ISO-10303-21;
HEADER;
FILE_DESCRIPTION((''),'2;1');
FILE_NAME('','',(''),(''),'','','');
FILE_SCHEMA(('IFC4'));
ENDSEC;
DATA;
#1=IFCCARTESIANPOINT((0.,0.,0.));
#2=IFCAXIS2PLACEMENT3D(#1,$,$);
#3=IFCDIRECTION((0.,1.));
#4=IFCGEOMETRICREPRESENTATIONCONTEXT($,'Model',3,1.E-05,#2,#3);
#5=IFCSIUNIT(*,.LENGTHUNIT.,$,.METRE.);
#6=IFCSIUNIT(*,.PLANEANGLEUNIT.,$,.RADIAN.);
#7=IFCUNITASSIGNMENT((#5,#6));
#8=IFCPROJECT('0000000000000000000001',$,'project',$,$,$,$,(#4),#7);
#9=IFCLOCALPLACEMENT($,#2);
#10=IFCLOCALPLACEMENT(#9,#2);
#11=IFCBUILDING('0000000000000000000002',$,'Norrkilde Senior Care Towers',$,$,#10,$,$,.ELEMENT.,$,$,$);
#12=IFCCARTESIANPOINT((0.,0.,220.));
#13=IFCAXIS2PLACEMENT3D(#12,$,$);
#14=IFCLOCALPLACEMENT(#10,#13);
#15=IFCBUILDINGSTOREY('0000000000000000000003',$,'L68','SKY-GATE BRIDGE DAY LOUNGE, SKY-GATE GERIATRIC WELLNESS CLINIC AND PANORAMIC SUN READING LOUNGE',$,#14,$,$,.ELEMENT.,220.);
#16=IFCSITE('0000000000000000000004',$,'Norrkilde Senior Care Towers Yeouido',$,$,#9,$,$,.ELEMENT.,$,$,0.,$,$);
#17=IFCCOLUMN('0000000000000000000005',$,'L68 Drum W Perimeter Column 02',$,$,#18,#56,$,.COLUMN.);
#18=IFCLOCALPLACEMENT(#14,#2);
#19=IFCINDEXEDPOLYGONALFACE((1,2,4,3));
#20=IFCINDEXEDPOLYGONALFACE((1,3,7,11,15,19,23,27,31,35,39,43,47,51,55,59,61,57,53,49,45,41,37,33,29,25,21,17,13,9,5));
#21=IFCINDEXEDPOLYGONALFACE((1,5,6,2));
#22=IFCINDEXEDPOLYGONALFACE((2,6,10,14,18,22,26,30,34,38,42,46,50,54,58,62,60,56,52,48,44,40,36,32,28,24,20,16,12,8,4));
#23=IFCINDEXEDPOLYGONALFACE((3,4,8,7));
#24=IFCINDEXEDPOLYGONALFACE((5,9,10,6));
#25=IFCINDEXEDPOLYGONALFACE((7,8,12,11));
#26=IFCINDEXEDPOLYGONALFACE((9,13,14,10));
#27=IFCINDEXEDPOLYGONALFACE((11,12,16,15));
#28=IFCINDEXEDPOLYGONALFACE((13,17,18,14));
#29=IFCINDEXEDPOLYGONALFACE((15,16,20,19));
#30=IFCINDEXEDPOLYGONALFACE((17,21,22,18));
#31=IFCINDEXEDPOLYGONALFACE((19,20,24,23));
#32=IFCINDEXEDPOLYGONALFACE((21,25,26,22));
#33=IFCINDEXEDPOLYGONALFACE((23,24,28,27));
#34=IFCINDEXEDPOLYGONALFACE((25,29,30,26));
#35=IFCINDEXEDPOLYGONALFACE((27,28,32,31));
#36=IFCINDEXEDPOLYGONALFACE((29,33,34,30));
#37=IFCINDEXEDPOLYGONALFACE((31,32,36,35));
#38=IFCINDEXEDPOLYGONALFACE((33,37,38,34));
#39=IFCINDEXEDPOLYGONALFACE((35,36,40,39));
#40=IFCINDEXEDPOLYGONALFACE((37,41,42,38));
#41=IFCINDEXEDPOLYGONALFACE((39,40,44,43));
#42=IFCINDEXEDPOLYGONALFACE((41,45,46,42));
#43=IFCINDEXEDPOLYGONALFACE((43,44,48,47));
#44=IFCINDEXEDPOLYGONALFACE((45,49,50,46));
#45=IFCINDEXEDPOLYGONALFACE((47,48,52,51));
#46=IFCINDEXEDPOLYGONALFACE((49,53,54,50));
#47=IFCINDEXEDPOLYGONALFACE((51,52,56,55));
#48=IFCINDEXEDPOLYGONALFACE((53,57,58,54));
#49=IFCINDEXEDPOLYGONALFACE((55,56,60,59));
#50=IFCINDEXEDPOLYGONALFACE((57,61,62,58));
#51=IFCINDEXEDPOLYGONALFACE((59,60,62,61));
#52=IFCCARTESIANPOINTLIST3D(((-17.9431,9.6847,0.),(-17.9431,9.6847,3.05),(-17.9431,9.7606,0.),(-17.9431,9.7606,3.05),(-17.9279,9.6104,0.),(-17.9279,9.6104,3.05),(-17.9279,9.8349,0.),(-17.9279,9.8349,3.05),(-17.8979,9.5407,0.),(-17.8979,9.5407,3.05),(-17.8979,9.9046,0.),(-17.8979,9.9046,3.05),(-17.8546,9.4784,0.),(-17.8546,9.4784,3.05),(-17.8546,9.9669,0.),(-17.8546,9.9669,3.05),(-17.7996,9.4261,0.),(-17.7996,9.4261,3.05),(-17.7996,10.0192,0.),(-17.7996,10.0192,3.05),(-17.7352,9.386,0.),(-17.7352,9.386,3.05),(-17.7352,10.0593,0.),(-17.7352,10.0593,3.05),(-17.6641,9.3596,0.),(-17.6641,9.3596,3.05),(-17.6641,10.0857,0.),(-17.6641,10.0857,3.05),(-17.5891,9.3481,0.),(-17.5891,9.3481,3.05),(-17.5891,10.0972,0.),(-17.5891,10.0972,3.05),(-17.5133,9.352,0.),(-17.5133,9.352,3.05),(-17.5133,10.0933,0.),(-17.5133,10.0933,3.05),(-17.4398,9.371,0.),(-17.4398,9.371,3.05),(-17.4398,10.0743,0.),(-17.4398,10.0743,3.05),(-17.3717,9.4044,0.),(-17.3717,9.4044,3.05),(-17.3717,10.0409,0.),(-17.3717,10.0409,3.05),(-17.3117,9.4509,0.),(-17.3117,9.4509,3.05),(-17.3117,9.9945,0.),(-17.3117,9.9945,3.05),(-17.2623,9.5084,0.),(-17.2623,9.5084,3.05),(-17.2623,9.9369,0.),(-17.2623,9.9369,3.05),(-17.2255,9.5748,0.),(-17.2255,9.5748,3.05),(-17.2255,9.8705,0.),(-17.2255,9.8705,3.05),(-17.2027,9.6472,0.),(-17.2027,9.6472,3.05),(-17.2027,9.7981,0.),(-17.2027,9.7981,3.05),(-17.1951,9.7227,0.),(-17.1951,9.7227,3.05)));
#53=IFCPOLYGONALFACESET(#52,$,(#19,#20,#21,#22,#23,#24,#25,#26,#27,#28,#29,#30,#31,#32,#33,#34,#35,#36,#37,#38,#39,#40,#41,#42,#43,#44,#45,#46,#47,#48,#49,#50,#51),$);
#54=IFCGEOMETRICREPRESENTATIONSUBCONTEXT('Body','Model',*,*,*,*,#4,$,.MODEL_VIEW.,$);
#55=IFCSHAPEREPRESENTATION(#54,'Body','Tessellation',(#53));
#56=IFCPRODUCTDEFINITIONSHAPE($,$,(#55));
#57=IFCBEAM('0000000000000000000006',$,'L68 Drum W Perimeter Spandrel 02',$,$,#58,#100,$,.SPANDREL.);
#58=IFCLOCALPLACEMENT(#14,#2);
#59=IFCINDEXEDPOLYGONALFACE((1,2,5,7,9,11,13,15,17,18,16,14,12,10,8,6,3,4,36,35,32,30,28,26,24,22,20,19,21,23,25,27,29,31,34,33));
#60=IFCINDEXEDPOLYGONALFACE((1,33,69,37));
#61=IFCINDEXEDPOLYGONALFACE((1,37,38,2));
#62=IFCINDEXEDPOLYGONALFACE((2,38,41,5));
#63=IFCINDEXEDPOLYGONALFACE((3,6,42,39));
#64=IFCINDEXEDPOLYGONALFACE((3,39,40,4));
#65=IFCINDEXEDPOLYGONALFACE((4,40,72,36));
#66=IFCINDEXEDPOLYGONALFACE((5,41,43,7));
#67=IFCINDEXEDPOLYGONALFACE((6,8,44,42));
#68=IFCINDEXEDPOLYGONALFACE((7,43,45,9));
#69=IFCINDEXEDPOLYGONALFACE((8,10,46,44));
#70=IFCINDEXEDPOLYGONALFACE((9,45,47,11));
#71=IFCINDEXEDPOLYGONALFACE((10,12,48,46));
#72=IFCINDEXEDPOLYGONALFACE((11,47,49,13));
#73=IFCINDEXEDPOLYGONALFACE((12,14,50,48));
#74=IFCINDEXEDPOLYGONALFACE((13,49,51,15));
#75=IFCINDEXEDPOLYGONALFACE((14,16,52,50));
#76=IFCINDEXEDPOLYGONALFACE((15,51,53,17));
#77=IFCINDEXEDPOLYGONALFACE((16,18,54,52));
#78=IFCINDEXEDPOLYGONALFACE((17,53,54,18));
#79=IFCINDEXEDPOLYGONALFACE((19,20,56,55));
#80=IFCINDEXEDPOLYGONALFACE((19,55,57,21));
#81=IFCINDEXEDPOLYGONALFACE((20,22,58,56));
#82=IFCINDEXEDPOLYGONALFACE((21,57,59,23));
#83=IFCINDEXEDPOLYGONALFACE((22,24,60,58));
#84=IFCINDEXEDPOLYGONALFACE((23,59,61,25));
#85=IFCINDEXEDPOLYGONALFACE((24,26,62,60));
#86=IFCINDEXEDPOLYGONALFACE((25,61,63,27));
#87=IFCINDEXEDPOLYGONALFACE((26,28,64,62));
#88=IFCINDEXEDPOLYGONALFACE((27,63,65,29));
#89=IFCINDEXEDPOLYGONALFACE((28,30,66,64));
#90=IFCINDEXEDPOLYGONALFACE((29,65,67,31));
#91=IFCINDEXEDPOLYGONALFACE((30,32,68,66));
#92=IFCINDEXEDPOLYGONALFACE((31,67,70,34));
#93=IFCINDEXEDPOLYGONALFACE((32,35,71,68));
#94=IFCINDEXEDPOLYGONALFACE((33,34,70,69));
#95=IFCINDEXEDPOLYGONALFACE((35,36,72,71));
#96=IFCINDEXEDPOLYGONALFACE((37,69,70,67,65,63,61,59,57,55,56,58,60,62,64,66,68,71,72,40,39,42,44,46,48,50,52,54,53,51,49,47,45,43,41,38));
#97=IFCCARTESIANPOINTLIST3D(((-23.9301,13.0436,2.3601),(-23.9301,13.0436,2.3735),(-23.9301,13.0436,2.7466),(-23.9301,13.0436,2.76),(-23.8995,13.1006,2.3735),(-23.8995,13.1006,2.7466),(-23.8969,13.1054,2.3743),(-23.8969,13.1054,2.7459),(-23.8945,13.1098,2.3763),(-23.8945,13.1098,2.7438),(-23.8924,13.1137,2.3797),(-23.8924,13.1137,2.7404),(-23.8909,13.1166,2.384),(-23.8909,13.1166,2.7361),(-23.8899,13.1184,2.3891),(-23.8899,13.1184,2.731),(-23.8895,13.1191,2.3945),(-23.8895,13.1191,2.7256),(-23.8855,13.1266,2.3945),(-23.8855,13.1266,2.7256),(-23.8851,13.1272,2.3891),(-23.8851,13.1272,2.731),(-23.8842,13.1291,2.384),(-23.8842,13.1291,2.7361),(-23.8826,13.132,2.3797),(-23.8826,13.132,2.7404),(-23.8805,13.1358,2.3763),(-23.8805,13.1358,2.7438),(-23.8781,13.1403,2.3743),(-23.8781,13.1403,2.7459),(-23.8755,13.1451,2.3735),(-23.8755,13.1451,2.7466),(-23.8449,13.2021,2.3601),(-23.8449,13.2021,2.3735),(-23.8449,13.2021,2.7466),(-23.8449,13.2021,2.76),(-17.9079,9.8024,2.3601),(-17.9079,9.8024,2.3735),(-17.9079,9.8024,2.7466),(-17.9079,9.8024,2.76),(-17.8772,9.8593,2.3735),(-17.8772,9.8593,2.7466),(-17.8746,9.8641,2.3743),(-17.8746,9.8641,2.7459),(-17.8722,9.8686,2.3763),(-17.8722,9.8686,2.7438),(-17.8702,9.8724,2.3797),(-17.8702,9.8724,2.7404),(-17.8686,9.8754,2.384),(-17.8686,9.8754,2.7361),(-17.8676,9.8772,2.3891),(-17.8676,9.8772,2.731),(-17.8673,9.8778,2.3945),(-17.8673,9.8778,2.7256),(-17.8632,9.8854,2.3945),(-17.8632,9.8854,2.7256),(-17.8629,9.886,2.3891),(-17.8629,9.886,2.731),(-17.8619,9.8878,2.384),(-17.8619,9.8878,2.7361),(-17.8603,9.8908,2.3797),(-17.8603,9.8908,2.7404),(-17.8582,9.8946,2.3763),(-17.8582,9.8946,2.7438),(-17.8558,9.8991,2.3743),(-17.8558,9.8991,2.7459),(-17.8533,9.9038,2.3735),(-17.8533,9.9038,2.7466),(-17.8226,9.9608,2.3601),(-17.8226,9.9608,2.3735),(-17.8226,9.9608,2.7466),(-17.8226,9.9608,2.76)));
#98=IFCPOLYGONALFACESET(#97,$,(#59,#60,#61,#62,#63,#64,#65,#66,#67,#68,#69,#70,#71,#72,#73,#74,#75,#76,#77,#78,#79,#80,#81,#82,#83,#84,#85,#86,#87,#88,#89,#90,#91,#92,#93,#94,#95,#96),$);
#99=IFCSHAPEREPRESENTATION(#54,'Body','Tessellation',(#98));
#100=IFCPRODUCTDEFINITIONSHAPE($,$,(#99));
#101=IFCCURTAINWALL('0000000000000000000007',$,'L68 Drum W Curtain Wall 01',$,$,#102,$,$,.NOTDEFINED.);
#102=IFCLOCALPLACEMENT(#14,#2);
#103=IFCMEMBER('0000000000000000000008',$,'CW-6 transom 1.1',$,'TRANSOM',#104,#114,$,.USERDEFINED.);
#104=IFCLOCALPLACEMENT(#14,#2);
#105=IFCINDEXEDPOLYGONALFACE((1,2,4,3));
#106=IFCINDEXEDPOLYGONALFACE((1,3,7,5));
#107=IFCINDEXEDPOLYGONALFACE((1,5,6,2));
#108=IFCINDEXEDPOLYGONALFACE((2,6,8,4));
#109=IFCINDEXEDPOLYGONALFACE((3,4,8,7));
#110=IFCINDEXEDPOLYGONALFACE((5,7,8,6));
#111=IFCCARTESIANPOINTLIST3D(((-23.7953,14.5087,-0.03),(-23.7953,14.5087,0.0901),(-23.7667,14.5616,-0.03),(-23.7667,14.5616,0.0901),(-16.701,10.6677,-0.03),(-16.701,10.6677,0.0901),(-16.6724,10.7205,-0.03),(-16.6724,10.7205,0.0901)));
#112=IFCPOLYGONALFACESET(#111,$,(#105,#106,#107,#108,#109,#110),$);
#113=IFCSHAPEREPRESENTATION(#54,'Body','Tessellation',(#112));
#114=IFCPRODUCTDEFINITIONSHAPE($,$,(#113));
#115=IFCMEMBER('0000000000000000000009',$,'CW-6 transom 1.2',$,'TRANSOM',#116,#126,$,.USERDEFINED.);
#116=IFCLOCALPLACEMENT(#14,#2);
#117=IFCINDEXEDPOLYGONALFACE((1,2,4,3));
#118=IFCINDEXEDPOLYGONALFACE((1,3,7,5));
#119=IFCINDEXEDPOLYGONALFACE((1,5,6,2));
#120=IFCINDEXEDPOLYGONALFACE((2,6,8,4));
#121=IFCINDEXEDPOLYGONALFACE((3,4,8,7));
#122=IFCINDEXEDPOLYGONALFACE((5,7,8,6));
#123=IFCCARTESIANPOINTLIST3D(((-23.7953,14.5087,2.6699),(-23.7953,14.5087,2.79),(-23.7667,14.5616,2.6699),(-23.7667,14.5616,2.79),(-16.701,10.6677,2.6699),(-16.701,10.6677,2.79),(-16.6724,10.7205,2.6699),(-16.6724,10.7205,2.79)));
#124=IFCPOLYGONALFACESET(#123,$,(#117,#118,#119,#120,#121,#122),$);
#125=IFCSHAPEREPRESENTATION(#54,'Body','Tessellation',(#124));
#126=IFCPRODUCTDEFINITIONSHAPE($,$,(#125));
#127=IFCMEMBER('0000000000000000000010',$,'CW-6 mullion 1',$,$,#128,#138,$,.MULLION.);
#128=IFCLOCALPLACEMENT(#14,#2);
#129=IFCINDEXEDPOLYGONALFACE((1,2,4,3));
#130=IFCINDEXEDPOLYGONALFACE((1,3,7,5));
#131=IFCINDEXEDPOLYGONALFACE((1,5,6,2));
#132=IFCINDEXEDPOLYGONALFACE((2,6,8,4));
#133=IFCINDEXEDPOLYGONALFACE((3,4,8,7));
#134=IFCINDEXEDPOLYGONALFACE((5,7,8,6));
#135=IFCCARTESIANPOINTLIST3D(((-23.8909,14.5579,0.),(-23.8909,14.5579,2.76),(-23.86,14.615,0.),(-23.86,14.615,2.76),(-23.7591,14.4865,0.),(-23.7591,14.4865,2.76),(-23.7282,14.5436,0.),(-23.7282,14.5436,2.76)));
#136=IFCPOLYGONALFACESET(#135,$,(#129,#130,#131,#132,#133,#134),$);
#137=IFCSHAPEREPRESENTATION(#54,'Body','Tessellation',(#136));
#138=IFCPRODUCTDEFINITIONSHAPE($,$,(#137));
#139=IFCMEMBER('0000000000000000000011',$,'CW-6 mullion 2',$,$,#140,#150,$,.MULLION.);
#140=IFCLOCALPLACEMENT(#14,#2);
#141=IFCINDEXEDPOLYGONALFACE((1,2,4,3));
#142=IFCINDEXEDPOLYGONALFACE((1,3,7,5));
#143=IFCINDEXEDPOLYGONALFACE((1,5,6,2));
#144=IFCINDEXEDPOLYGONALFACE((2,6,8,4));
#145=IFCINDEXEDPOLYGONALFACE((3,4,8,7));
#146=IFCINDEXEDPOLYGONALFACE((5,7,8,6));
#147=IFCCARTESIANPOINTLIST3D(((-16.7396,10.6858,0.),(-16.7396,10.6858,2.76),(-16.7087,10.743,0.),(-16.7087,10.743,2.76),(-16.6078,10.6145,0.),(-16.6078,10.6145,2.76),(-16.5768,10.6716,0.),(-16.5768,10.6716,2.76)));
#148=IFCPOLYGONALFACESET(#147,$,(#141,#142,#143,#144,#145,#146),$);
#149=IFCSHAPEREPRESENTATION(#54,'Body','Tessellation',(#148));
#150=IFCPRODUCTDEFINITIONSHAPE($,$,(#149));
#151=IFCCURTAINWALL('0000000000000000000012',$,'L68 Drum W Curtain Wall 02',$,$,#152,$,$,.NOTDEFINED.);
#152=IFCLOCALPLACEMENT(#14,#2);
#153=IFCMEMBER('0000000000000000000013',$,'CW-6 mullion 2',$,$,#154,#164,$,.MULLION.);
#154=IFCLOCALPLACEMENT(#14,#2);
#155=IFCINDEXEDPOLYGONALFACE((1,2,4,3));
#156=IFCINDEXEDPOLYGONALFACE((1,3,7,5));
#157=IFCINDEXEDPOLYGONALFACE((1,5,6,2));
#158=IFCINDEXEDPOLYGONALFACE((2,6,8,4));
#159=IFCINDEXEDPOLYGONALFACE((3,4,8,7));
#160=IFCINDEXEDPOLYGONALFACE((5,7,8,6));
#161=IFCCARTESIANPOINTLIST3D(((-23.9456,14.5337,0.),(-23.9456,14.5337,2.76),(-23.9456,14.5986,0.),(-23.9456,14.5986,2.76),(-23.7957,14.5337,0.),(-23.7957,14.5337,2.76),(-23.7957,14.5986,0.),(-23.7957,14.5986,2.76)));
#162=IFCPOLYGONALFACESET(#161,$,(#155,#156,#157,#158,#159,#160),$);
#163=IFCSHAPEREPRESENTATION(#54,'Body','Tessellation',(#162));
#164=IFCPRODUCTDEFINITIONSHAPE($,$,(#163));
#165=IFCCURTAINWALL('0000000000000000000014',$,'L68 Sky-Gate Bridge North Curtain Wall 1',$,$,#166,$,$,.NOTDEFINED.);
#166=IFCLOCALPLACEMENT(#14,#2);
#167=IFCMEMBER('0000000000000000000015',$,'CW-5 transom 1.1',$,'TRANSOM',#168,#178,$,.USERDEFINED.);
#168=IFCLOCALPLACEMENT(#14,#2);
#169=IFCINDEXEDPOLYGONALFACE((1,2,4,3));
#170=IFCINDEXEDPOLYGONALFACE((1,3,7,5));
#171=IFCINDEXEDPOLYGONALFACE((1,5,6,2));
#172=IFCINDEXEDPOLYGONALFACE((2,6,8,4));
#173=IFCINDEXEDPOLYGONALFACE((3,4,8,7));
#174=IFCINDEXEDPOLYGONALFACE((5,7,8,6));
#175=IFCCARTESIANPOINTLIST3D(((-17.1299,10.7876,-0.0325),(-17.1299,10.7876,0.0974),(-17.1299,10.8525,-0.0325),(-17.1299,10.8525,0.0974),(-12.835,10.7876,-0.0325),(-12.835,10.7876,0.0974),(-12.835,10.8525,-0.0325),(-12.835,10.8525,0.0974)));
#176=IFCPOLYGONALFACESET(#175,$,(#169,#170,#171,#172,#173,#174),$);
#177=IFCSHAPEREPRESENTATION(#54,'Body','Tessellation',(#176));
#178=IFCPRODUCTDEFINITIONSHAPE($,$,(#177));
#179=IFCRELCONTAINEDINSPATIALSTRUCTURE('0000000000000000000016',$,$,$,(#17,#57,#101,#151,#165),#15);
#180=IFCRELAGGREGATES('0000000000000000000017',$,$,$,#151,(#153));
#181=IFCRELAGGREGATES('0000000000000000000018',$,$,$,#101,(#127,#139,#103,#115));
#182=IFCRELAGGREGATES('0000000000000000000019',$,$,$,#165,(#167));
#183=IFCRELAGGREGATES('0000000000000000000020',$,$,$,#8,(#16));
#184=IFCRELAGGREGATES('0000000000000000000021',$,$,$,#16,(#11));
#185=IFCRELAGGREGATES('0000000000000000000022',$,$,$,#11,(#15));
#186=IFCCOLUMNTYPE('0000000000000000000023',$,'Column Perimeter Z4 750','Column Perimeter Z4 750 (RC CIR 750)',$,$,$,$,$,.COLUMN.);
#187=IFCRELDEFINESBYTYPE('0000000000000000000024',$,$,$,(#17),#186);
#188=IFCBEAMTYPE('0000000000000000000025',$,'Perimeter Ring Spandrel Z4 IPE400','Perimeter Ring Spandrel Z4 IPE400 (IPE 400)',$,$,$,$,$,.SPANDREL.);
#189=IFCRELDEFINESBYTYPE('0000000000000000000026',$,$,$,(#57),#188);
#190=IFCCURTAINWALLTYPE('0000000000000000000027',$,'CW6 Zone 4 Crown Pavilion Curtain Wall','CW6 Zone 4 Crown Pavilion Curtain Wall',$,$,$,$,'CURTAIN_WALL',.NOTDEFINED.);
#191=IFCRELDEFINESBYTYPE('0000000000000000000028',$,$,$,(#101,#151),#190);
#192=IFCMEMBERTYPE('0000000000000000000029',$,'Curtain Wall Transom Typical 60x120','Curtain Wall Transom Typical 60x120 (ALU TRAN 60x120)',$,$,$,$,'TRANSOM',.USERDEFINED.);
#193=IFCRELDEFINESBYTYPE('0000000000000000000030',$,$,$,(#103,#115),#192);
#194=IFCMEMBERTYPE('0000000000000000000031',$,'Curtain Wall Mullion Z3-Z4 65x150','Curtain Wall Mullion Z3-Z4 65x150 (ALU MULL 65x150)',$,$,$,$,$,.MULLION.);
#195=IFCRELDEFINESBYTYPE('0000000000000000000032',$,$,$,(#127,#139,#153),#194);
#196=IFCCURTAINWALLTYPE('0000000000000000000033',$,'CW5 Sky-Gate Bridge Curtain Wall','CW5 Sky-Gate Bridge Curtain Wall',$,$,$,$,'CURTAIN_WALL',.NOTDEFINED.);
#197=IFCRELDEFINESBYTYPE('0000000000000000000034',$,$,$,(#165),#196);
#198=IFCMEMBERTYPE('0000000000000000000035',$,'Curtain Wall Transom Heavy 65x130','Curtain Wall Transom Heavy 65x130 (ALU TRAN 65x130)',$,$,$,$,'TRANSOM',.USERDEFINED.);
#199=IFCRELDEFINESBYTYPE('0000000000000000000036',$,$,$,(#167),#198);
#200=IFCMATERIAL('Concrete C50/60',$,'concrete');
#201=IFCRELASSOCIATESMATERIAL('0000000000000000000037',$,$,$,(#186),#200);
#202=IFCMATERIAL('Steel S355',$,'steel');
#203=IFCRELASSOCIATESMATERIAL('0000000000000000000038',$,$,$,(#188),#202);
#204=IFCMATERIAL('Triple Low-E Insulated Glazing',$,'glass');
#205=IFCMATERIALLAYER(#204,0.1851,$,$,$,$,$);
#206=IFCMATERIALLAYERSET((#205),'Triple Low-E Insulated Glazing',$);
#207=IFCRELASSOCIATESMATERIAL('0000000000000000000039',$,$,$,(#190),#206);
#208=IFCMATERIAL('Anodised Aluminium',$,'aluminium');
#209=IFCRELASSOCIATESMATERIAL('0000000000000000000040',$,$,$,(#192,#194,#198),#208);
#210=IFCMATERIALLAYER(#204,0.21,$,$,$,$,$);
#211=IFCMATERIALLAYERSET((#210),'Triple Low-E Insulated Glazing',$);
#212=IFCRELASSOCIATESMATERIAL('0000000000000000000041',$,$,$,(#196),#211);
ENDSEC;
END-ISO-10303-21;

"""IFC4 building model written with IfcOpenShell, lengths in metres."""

from ifc_helpers import new_model, si_unit, direction, frame, origin, origin_2d, place, context, subcontext, project, spatial, rectangle, circle, i_section, extrude, source, transform, mapped, material, layer, layer_set, material_profile, profile_set, type_object, type_shapes, element, aggregate, save


model = new_model("IFC4")

# Units and contexts
model_context = context("Model", 3, precision=1e-05, world=origin(), true_north=direction((0.0, 1.0)))
body_context = subcontext(model_context, "Body", "Model", "MODEL_VIEW")
ifc_project = project(units=[si_unit("LENGTHUNIT", "METRE"), si_unit("PLANEANGLEUNIT", "RADIAN")], contexts=[model_context])

# Site, building, storey
site_placement = place(None, origin())
site = spatial("IfcSite", under=ifc_project, at=site_placement, Name="Norrkilde Senior Care Towers Yeouido", CompositionType="ELEMENT", RefElevation=0.0)
building_placement = place(site_placement, origin())
building = spatial("IfcBuilding", under=site, at=building_placement, Name="Norrkilde Senior Care Towers", CompositionType="ELEMENT")
storey_placement = place(building_placement, frame((0.0, 0.0, 220.0)))
storey = spatial("IfcBuildingStorey", under=building, at=storey_placement, Name="L68", Description="SKY-GATE BRIDGE DAY LOUNGE, SKY-GATE GERIATRIC WELLNESS CLINIC AND PANORAMIC SUN READING LOUNGE", CompositionType="ELEMENT", Elevation=220.0)

# Column
ifc_material_1 = material(Name="Concrete C50/60", Category="concrete")
ifc_material_profile_1 = material_profile(ifc_material_1, circle(Radius=0.375, at=origin_2d()), Name="RC CIR 750")
ifc_profile_set_1 = profile_set([ifc_material_profile_1], Name="Concrete C50/60")
column_type = type_object("IfcColumnType", Name="Column Perimeter Z4 750", Description="Column Perimeter Z4 750 (RC CIR 750)", PredefinedType="COLUMN", material=ifc_profile_set_1)
shared_shape_1 = source(origin(), body_context, "Body", "SweptSolid", [
    extrude(circle(Radius=0.375, at=origin_2d()), origin(), (0.0, 0.0, 1.0), 3.05),
])
type_shapes(column_type, [shared_shape_1])
column_placement = place(storey_placement, frame((-17.5701, 9.7227, 0.0), z_axis=(0.0, 0.0, 1.0), x_axis=(1.0, 0.0, 0.0)))
element("IfcColumn", 1, at=column_placement, inside=storey, type_object=column_type, Name="L68 Drum W Perimeter Column 02", PredefinedType="COLUMN", context=body_context, shape_type="MappedRepresentation", body=[
    mapped(shared_shape_1, transform((0.0, 0.0, 0.0), x_axis=(1.0, 0.0, 0.0), y_axis=(0.0, 1.0, 0.0), z_axis=(0.0, 0.0, 1.0), scale=1.0)),
])

# Beam
ifc_material_2 = material(Name="Steel S355", Category="steel")
ifc_material_profile_2 = material_profile(ifc_material_2, i_section(OverallWidth=0.1799, OverallDepth=0.3999, WebThickness=0.0085, FlangeThickness=0.0134, FilletRadius=0.021, at=origin_2d()), Name="IPE 400")
ifc_profile_set_2 = profile_set([ifc_material_profile_2], Name="Steel S355")
beam_type = type_object("IfcBeamType", Name="Perimeter Ring Spandrel Z4 IPE400", Description="Perimeter Ring Spandrel Z4 IPE400 (IPE 400)", PredefinedType="SPANDREL", material=ifc_profile_set_2)
shared_shape_2 = source(origin(), body_context, "Body", "SweptSolid", [
    extrude(i_section(OverallWidth=0.1799, OverallDepth=0.3999, WebThickness=0.0085, FlangeThickness=0.0134, FilletRadius=0.021, at=origin_2d()), origin(), (0.0, 0.0, 1.0), 6.8391),
])
type_shapes(beam_type, [shared_shape_2])
beam_placement = place(storey_placement, frame((-17.8652, 9.8816, 2.5601), z_axis=(-0.880564, 0.473927, 0.0), x_axis=(-0.473927, -0.880564, 0.0)))
element("IfcBeam", 2, at=beam_placement, inside=storey, type_object=beam_type, Name="L68 Drum W Perimeter Spandrel 02", PredefinedType="SPANDREL", context=body_context, shape_type="MappedRepresentation", body=[
    mapped(shared_shape_2, transform((0.0, 0.0, 0.0), x_axis=(1.0, 0.0, 0.0), y_axis=(0.0, 1.0, 0.0), z_axis=(0.0, 0.0, 1.0), scale=1.0)),
])

# Curtain wall, members
ifc_material_3 = material(Name="Triple Low-E Insulated Glazing", Category="glass")
ifc_layer_1 = layer(ifc_material_3, 0.1851)
ifc_layer_set_1 = layer_set([ifc_layer_1], Name="Triple Low-E Insulated Glazing")
curtain_wall_type_1 = type_object("IfcCurtainWallType", Name="CW6 Zone 4 Crown Pavilion Curtain Wall", Description="CW6 Zone 4 Crown Pavilion Curtain Wall", ElementType="CURTAIN_WALL", PredefinedType="NOTDEFINED", material=ifc_layer_set_1)
curtain_wall_1_placement = place(storey_placement, origin())
curtain_wall_1 = element("IfcCurtainWall", 3, at=curtain_wall_1_placement, inside=storey, type_object=curtain_wall_type_1, Name="L68 Drum W Curtain Wall 01", PredefinedType="NOTDEFINED")
ifc_material_4 = material(Name="Anodised Aluminium", Category="aluminium")
ifc_material_profile_3 = material_profile(ifc_material_4, rectangle(XDim=0.0601, YDim=0.1201, at=origin_2d()), Name="ALU TRAN 60x120")
ifc_profile_set_3 = profile_set([ifc_material_profile_3], Name="Anodised Aluminium")
member_type_1 = type_object("IfcMemberType", Name="Curtain Wall Transom Typical 60x120", Description="Curtain Wall Transom Typical 60x120 (ALU TRAN 60x120)", ElementType="TRANSOM", PredefinedType="USERDEFINED", material=ifc_profile_set_3)
shared_shape_3 = source(origin(), body_context, "Body", "SweptSolid", [
    extrude(rectangle(XDim=0.0601, YDim=0.1201, at=origin_2d()), origin(), (0.0, 0.0, 1.0), 8.0674),
])
type_shapes(member_type_1, [shared_shape_3])
member_1_placement = place(storey_placement, frame((-23.781, 14.5352, 0.03), z_axis=(0.879378, -0.476125, 0.0), x_axis=(0.476125, 0.879378, 0.0)))
member_1 = element("IfcMember", 4, at=member_1_placement, type_object=member_type_1, Name="CW-6 transom 1.1", ObjectType="TRANSOM", PredefinedType="USERDEFINED", context=body_context, shape_type="MappedRepresentation", body=[
    mapped(shared_shape_3, transform((0.0, 0.0, 0.0), x_axis=(1.0, 0.0, 0.0), y_axis=(0.0, 1.0, 0.0), z_axis=(0.0, 0.0, 1.0), scale=1.0)),
])
member_2_placement = place(storey_placement, frame((-23.781, 14.5352, 2.73), z_axis=(0.879378, -0.476125, 0.0), x_axis=(0.476125, 0.879378, 0.0)))
member_2 = element("IfcMember", 5, at=member_2_placement, type_object=member_type_1, Name="CW-6 transom 1.2", ObjectType="TRANSOM", PredefinedType="USERDEFINED", context=body_context, shape_type="MappedRepresentation", body=[
    mapped(shared_shape_3, transform((0.0, 0.0, 0.0), x_axis=(1.0, 0.0, 0.0), y_axis=(0.0, 1.0, 0.0), z_axis=(0.0, 0.0, 1.0), scale=1.0)),
])
ifc_material_profile_4 = material_profile(ifc_material_4, rectangle(XDim=0.0649, YDim=0.1499, at=origin_2d()), Name="ALU MULL 65x150")
ifc_profile_set_4 = profile_set([ifc_material_profile_4], Name="Anodised Aluminium")
member_type_2 = type_object("IfcMemberType", Name="Curtain Wall Mullion Z3-Z4 65x150", Description="Curtain Wall Mullion Z3-Z4 65x150 (ALU MULL 65x150)", PredefinedType="MULLION", material=ifc_profile_set_4)
shared_shape_4 = source(origin(), body_context, "Body", "SweptSolid", [
    extrude(rectangle(XDim=0.0649, YDim=0.1499, at=origin_2d()), origin(), (0.0, 0.0, 1.0), 2.76),
])
type_shapes(member_type_2, [shared_shape_4])
member_3_placement = place(storey_placement, frame((-23.8096, 14.5508, 0.0), z_axis=(0.0, 0.0, 1.0), x_axis=(0.476133, 0.879373, 0.0)))
member_3 = element("IfcMember", 6, at=member_3_placement, type_object=member_type_2, Name="CW-6 mullion 1", PredefinedType="MULLION", context=body_context, shape_type="MappedRepresentation", body=[
    mapped(shared_shape_4, transform((0.0, 0.0, 0.0), x_axis=(1.0, 0.0, 0.0), y_axis=(0.0, 1.0, 0.0), z_axis=(0.0, 0.0, 1.0), scale=1.0)),
])
member_4_placement = place(storey_placement, frame((-16.6582, 10.6787, 0.0), z_axis=(0.0, 0.0, 1.0), x_axis=(0.476133, 0.879373, 0.0)))
member_4 = element("IfcMember", 7, at=member_4_placement, type_object=member_type_2, Name="CW-6 mullion 2", PredefinedType="MULLION", context=body_context, shape_type="MappedRepresentation", body=[
    mapped(shared_shape_4, transform((0.0, 0.0, 0.0), x_axis=(1.0, 0.0, 0.0), y_axis=(0.0, 1.0, 0.0), z_axis=(0.0, 0.0, 1.0), scale=1.0)),
])

# Curtain wall, member
curtain_wall_2_placement = place(storey_placement, origin())
curtain_wall_2 = element("IfcCurtainWall", 8, at=curtain_wall_2_placement, inside=storey, type_object=curtain_wall_type_1, Name="L68 Drum W Curtain Wall 02", PredefinedType="NOTDEFINED")
member_5_placement = place(storey_placement, frame((-23.8706, 14.5662, 0.0), z_axis=(0.0, 0.0, 1.0), x_axis=(0.0, 1.0, 0.0)))
member_5 = element("IfcMember", 9, at=member_5_placement, type_object=member_type_2, Name="CW-6 mullion 2", PredefinedType="MULLION", context=body_context, shape_type="MappedRepresentation", body=[
    mapped(shared_shape_4, transform((0.0, 0.0, 0.0), x_axis=(1.0, 0.0, 0.0), y_axis=(0.0, 1.0, 0.0), z_axis=(0.0, 0.0, 1.0), scale=1.0)),
])
aggregate(curtain_wall_2, [member_5])

# Curtain wall, member
ifc_layer_2 = layer(ifc_material_3, 0.21)
ifc_layer_set_2 = layer_set([ifc_layer_2], Name="Triple Low-E Insulated Glazing")
curtain_wall_type_2 = type_object("IfcCurtainWallType", Name="CW5 Sky-Gate Bridge Curtain Wall", Description="CW5 Sky-Gate Bridge Curtain Wall", ElementType="CURTAIN_WALL", PredefinedType="NOTDEFINED", material=ifc_layer_set_2)
curtain_wall_3_placement = place(storey_placement, origin())
curtain_wall_3 = element("IfcCurtainWall", 10, at=curtain_wall_3_placement, inside=storey, type_object=curtain_wall_type_2, Name="L68 Sky-Gate Bridge North Curtain Wall 1", PredefinedType="NOTDEFINED")
ifc_material_profile_5 = material_profile(ifc_material_4, rectangle(XDim=0.0649, YDim=0.1299, at=origin_2d()), Name="ALU TRAN 65x130")
ifc_profile_set_5 = profile_set([ifc_material_profile_5], Name="Anodised Aluminium")
member_type_3 = type_object("IfcMemberType", Name="Curtain Wall Transom Heavy 65x130", Description="Curtain Wall Transom Heavy 65x130 (ALU TRAN 65x130)", ElementType="TRANSOM", PredefinedType="USERDEFINED", material=ifc_profile_set_5)
shared_shape_5 = source(origin(), body_context, "Body", "SweptSolid", [
    extrude(rectangle(XDim=0.0649, YDim=0.1299, at=origin_2d()), origin(), (0.0, 0.0, 1.0), 4.2949),
])
member_6_placement = place(storey_placement, frame((-17.1299, 10.8201, 0.0325), z_axis=(1.0, 0.0, 0.0), x_axis=(0.0, 1.0, 0.0)))
member_6 = element("IfcMember", 11, at=member_6_placement, type_object=member_type_3, Name="CW-5 transom 1.1", ObjectType="TRANSOM", PredefinedType="USERDEFINED", context=body_context, shape_type="MappedRepresentation", body=[
    mapped(shared_shape_5, transform((0.0, 0.0, 0.0), x_axis=(1.0, 0.0, 0.0), y_axis=(0.0, 1.0, 0.0), z_axis=(0.0, 0.0, 1.0), scale=1.0)),
])

aggregate(curtain_wall_1, [member_3, member_4, member_1, member_2])
aggregate(curtain_wall_3, [member_6])

save(model, "model.ifc")
